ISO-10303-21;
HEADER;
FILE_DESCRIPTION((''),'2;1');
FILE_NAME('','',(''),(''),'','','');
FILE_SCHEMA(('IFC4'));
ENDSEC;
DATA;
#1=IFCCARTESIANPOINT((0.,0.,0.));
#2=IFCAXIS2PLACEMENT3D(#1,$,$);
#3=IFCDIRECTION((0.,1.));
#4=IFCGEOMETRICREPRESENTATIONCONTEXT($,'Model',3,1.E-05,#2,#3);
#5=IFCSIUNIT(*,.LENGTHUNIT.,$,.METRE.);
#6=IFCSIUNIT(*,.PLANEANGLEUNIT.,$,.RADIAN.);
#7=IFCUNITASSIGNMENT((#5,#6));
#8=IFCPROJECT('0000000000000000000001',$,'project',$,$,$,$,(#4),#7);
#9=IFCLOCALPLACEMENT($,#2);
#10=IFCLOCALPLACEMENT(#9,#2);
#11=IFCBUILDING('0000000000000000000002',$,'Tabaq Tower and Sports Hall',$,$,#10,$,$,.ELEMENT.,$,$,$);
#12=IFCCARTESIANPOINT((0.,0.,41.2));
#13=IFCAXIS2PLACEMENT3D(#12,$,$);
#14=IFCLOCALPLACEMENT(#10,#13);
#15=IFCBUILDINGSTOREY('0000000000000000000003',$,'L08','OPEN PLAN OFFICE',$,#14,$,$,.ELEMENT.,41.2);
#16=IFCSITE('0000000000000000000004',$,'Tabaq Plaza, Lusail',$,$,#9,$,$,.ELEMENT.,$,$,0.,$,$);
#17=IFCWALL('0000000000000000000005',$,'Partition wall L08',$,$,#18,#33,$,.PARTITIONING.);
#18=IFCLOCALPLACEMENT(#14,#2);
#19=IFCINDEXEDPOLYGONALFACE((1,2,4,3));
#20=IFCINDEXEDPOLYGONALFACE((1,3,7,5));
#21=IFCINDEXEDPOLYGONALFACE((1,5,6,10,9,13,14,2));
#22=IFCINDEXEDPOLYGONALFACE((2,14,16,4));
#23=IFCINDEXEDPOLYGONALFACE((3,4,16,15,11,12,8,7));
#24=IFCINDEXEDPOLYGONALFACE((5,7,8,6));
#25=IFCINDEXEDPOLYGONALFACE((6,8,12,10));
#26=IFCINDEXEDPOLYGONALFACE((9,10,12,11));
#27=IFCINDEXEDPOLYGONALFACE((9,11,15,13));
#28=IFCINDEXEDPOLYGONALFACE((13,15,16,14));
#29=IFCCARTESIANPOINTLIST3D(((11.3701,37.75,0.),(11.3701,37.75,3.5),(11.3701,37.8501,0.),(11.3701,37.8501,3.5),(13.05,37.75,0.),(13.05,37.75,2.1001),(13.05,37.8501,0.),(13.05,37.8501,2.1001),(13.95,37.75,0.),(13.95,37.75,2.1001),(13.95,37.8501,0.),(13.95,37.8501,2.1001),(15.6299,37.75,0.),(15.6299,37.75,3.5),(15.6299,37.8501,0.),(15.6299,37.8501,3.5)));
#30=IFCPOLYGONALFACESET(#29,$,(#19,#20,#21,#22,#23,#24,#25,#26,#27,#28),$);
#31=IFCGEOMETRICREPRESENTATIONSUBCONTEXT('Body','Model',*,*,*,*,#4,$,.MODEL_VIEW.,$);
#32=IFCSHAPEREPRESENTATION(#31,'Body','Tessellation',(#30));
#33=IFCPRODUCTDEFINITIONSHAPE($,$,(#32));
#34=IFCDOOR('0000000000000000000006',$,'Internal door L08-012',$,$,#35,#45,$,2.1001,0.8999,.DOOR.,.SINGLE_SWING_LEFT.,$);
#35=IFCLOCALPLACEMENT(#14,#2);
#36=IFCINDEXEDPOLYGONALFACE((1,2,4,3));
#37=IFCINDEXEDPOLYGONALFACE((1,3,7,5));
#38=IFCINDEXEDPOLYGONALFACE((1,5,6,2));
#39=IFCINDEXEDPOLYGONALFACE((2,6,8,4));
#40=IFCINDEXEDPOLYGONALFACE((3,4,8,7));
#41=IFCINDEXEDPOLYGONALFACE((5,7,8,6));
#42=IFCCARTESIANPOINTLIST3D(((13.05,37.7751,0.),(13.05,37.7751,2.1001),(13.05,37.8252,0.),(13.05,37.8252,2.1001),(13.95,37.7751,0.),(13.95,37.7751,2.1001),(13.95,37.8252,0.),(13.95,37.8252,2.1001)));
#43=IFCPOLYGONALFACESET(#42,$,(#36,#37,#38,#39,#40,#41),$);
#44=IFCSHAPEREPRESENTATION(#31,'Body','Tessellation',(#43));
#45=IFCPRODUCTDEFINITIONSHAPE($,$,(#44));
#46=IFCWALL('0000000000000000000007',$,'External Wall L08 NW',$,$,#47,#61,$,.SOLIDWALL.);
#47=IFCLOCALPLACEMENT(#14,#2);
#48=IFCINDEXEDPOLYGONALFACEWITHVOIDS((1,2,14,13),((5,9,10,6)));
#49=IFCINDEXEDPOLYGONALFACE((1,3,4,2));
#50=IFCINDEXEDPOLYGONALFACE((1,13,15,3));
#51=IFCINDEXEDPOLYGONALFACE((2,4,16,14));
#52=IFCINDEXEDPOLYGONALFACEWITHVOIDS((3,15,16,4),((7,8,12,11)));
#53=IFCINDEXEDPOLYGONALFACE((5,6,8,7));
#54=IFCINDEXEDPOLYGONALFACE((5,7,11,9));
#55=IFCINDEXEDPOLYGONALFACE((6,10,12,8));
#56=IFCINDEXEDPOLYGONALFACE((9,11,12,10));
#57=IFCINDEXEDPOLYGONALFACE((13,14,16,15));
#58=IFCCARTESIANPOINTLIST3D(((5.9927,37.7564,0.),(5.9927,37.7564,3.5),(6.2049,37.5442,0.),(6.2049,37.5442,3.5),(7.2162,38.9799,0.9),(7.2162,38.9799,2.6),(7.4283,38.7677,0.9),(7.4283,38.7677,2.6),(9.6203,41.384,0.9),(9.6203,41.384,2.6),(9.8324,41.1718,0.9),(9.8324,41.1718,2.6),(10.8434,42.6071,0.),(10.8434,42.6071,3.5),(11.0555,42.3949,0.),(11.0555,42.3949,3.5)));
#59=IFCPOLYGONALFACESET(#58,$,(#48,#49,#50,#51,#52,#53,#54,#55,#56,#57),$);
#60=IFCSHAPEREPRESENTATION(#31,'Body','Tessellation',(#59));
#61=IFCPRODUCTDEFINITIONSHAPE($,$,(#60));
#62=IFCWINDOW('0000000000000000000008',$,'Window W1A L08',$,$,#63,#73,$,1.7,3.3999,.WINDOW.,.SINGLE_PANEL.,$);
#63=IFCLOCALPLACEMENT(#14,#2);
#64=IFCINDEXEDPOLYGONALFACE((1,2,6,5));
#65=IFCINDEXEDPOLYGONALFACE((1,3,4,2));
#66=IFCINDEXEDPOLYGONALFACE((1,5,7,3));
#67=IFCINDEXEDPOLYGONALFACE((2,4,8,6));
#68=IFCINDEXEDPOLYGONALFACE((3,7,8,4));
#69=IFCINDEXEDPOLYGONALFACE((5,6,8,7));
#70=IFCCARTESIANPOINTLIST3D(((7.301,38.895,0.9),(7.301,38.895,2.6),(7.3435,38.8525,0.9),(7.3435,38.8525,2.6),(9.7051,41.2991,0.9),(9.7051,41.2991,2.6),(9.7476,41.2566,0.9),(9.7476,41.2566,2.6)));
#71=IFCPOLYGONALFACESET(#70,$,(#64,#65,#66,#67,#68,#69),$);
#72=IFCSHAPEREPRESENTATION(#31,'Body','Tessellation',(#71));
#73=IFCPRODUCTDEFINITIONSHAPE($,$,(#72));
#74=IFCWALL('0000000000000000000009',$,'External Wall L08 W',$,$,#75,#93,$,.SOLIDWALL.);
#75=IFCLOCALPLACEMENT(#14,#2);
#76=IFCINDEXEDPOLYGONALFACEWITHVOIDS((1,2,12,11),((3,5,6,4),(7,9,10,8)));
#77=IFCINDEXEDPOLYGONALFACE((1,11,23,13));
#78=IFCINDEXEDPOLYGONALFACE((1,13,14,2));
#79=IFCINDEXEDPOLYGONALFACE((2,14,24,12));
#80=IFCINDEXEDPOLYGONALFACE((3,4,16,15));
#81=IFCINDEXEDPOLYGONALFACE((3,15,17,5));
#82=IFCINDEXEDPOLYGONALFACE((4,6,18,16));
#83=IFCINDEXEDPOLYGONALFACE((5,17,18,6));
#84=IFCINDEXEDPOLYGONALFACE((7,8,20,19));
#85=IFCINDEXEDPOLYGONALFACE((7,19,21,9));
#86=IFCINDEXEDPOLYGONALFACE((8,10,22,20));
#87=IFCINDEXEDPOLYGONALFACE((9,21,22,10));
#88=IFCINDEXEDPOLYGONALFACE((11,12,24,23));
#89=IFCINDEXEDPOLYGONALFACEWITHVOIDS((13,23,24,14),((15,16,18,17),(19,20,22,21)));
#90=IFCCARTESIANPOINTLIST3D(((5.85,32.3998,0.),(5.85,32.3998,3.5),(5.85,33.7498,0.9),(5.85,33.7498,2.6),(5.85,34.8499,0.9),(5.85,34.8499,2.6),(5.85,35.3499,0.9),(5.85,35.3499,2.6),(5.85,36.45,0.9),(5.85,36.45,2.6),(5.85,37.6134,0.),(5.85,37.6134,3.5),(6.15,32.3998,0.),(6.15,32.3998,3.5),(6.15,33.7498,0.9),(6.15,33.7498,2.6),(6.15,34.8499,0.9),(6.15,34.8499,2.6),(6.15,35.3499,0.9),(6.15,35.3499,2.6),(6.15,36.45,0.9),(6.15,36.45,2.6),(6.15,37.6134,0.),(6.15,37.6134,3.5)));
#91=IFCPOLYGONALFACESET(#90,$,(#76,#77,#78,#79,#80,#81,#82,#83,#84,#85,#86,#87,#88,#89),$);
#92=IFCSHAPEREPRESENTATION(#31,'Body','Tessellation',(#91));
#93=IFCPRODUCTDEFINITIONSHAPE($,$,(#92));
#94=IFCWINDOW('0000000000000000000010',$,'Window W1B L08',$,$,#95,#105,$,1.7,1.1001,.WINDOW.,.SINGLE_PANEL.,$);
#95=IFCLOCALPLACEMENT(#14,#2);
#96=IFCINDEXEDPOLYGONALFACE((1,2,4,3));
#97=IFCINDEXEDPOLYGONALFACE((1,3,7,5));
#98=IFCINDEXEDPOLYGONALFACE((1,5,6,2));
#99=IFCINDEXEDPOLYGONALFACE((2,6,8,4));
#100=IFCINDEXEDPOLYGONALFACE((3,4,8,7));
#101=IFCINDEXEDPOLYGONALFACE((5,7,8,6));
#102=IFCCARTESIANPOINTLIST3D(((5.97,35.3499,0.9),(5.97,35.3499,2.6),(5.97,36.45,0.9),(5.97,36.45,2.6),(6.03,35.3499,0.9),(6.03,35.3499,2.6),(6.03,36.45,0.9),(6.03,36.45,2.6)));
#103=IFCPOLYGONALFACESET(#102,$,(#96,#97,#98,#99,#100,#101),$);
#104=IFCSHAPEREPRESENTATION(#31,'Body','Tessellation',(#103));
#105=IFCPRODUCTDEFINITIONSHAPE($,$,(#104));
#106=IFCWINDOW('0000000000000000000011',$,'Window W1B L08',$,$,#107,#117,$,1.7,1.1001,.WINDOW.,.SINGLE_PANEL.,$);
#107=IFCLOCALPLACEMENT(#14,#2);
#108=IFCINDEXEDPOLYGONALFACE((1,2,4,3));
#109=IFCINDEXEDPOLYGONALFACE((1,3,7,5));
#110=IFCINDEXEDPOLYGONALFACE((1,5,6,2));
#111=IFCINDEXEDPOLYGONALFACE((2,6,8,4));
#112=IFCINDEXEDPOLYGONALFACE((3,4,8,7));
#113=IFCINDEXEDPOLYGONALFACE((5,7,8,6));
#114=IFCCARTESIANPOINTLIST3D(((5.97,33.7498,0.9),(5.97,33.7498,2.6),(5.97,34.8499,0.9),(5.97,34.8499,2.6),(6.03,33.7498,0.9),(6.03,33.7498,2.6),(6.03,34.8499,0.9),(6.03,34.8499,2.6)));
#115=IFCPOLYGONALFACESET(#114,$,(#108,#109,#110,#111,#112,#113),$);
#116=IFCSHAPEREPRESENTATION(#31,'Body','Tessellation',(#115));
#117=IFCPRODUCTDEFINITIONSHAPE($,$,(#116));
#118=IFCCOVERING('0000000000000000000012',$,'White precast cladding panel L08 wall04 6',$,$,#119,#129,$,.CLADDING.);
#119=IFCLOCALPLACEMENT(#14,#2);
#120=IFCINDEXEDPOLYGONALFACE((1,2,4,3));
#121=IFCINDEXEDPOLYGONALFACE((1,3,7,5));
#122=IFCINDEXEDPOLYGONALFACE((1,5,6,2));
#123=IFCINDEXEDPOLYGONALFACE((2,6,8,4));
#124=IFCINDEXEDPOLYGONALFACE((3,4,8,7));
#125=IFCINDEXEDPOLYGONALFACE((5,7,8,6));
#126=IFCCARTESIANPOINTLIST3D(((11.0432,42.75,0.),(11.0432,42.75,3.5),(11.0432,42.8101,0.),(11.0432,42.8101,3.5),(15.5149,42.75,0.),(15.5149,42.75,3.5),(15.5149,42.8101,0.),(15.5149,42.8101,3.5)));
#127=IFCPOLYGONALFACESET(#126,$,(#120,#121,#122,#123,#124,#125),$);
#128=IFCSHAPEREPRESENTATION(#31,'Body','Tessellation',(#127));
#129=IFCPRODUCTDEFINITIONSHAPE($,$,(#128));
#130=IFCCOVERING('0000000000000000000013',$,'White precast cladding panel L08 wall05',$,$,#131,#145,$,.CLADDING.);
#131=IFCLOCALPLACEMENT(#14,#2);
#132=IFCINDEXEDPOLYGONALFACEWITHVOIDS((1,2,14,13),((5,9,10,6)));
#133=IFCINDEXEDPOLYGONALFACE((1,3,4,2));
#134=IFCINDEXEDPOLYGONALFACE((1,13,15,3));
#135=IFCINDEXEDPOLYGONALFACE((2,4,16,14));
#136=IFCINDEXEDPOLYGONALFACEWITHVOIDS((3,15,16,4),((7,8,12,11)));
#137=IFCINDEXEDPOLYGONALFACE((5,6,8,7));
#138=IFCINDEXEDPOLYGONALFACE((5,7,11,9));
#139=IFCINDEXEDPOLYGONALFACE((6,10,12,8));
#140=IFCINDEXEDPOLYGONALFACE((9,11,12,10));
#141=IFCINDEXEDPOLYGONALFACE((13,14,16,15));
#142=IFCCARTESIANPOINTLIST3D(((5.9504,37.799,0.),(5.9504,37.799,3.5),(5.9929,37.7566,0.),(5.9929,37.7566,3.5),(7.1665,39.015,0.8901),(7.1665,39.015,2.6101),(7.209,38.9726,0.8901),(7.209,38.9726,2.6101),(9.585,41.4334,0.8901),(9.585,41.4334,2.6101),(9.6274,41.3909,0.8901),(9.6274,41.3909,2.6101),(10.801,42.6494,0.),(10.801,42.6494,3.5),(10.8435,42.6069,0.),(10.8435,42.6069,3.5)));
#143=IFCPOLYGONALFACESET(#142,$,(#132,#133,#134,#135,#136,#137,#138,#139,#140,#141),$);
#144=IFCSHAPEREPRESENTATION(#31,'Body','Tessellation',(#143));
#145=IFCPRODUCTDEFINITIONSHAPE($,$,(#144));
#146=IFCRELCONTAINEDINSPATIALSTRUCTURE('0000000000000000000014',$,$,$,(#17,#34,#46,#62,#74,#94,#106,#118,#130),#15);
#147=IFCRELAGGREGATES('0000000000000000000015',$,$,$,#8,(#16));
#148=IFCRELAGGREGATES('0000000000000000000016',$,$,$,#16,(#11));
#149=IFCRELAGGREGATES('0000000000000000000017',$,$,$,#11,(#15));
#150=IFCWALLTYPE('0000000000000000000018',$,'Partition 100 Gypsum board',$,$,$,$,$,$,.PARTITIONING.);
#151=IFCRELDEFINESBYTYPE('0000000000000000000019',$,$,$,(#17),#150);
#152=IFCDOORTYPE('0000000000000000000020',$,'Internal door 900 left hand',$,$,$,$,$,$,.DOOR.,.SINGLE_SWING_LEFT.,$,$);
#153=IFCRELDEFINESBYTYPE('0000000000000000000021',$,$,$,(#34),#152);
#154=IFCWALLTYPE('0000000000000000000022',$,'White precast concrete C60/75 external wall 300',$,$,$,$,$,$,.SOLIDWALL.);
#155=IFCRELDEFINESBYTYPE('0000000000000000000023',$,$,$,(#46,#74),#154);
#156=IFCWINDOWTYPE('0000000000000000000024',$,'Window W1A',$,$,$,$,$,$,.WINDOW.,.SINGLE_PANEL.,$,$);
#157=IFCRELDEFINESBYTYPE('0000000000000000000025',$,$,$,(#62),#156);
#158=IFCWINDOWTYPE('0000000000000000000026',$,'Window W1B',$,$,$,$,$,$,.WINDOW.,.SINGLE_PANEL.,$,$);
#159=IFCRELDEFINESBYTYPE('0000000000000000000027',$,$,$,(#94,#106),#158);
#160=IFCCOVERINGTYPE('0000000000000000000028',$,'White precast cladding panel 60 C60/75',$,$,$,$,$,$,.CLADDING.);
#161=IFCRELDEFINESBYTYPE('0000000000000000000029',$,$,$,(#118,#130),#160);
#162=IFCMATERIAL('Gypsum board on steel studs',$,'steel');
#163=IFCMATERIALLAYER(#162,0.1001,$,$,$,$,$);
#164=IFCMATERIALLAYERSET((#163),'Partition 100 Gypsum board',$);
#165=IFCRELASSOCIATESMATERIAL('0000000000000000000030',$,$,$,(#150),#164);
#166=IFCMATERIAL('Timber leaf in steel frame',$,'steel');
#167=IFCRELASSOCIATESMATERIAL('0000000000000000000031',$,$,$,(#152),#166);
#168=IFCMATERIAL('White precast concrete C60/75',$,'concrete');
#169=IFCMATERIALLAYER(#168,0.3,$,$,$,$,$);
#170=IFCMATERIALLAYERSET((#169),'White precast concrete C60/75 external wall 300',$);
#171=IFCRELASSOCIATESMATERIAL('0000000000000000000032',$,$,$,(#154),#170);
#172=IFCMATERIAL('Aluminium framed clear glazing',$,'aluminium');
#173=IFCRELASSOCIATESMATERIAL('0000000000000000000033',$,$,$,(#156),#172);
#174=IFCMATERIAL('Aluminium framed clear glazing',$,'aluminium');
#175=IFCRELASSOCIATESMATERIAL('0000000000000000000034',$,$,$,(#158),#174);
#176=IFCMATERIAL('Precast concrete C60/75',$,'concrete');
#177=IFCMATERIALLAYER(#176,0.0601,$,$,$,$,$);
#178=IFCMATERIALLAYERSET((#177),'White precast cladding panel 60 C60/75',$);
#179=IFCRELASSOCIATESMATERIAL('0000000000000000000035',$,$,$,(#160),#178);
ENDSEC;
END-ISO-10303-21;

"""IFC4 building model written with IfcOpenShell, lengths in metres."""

from ifc_helpers import new_model, si_unit, direction, frame, frame_2d, origin, place, context, subcontext, project, spatial, polyline, rectangle, outline, extrude, material, layer, layer_set, type_object, element, fill, save


model = new_model("IFC4")

# Units and contexts
model_context = context("Model", 3, precision=1e-05, world=origin(), true_north=direction((0.0, 1.0)))
body_context = subcontext(model_context, "Body", "Model", "MODEL_VIEW")
ifc_project = project(units=[si_unit("LENGTHUNIT", "METRE"), si_unit("PLANEANGLEUNIT", "RADIAN")], contexts=[model_context])

# Site, building, storey
site_placement = place(None, origin())
site = spatial("IfcSite", under=ifc_project, at=site_placement, Name="Tabaq Plaza, Lusail", CompositionType="ELEMENT", RefElevation=0.0)
building_placement = place(site_placement, origin())
building = spatial("IfcBuilding", under=site, at=building_placement, Name="Tabaq Tower and Sports Hall", CompositionType="ELEMENT")
storey_placement = place(building_placement, frame((0.0, 0.0, 41.2)))
storey = spatial("IfcBuildingStorey", under=building, at=storey_placement, Name="L08", Description="OPEN PLAN OFFICE", CompositionType="ELEMENT", Elevation=41.2)

# Shared definitions
ifc_material_1 = material(Name="Gypsum board on steel studs", Category="steel")
ifc_layer_1 = layer(ifc_material_1, 0.1001)
ifc_layer_set_1 = layer_set([ifc_layer_1], Name="Partition 100 Gypsum board")
wall_type_1 = type_object("IfcWallType", Name="Partition 100 Gypsum board", PredefinedType="PARTITIONING", material=ifc_layer_set_1)

# Wall, opening, door
wall_1_placement = place(storey_placement, frame((15.6299, 37.8, 0.0), z_axis=(0.0, 0.0, 1.0), x_axis=(-1.0, 0.0, 0.0)))
wall_1 = element("IfcWall", 1, at=wall_1_placement, inside=storey, type_object=wall_type_1, Name="Partition wall L08", PredefinedType="PARTITIONING", context=body_context, shape_type="SweptSolid", body=[
    extrude(rectangle(XDim=4.2598, YDim=0.1001, at=frame_2d((2.1299, 0.0))), origin(), (0.0, 0.0, 1.0), 3.5),
])
opening_1_placement = place(wall_1_placement, frame((1.6799, 0.0, 0.0)))
opening_1 = element("IfcOpeningElement", 2, at=opening_1_placement, cuts=wall_1, PredefinedType="OPENING", context=body_context, shape_type="SweptSolid", body=[
    extrude(rectangle(XDim=0.8999, YDim=2.1001, at=frame_2d((0.45, 1.05))), frame((0.0, 0.05, 0.0), z_axis=(0.0, -1.0, 0.0), x_axis=(1.0, 0.0, 0.0)), (0.0, 0.0, 1.0), 0.1001),
])
ifc_material_2 = material(Name="Timber leaf in steel frame", Category="steel")
door_type_1 = type_object("IfcDoorType", Name="Internal door 900 left hand", OperationType="SINGLE_SWING_LEFT", PredefinedType="DOOR", material=ifc_material_2)
door_1_placement = place(opening_1_placement, origin())
door_1 = element("IfcDoor", 3, at=door_1_placement, inside=storey, type_object=door_type_1, Name="Internal door L08-012", OperationType="SINGLE_SWING_LEFT", OverallHeight=2.1001, OverallWidth=0.8999, PredefinedType="DOOR", context=body_context, shape_type="SweptSolid", body=[
    extrude(rectangle(XDim=0.8999, YDim=2.1001, at=frame_2d((0.45, 1.05))), frame((0.0, 0.0249, 0.0), z_axis=(0.0, -1.0, 0.0), x_axis=(1.0, 0.0, 0.0)), (0.0, 0.0, 1.0), 0.05),
])
fill(opening_1, door_1)

# Wall, opening, window
ifc_material_3 = material(Name="White precast concrete C60/75", Category="concrete")
ifc_layer_2 = layer(ifc_material_3, 0.3)
ifc_layer_set_2 = layer_set([ifc_layer_2], Name="White precast concrete C60/75 external wall 300")
wall_type_2 = type_object("IfcWallType", Name="White precast concrete C60/75 external wall 300", PredefinedType="SOLIDWALL", material=ifc_layer_set_2)
wall_2_placement = place(storey_placement, frame((10.9495, 42.501, 0.0), z_axis=(0.0, 0.0, 1.0), x_axis=(-0.707107, -0.707107, 0.0)))
wall_2 = element("IfcWall", 4, at=wall_2_placement, inside=storey, type_object=wall_type_2, Name="External Wall L08 NW", PredefinedType="SOLIDWALL", context=body_context, shape_type="SweptSolid", body=[
    extrude(rectangle(XDim=6.8599, YDim=0.3, at=frame_2d((3.4299, 0.0))), origin(), (0.0, 0.0, 1.0), 3.5),
])
opening_2_placement = place(wall_2_placement, frame((1.7297, 0.0, 0.8999)))
opening_2 = element("IfcOpeningElement", 5, at=opening_2_placement, cuts=wall_2, PredefinedType="OPENING", context=body_context, shape_type="SweptSolid", body=[
    extrude(rectangle(XDim=3.3999, YDim=1.7, at=frame_2d((1.7, 0.8501))), frame((0.0, 0.1602, 0.0), z_axis=(0.0, -1.0, 0.0), x_axis=(1.0, 0.0, 0.0)), (0.0, 0.0, 1.0), 0.3201),
])
ifc_material_4 = material(Name="Aluminium framed clear glazing", Category="aluminium")
window_type_1 = type_object("IfcWindowType", Name="Window W1A", PartitioningType="SINGLE_PANEL", PredefinedType="WINDOW", material=ifc_material_4)
window_1_placement = place(opening_2_placement, origin())
window_1 = element("IfcWindow", 6, at=window_1_placement, inside=storey, type_object=window_type_1, Name="Window W1A L08", OverallHeight=1.7, OverallWidth=3.3999, PartitioningType="SINGLE_PANEL", PredefinedType="WINDOW", context=body_context, shape_type="SweptSolid", body=[
    extrude(rectangle(XDim=3.3999, YDim=1.7, at=frame_2d((1.7, 0.8501))), frame((0.0, 0.03, 0.0), z_axis=(0.0, -1.0, 0.0), x_axis=(1.0, 0.0, 0.0)), (0.0, 0.0, 1.0), 0.0601),
])
fill(opening_2, window_1)

# Wall, openings, windows
wall_3_placement = place(storey_placement, frame((6.0, 37.6135, 0.0), z_axis=(0.0, 0.0, 1.0), x_axis=(0.0, -1.0, 0.0)))
wall_3 = element("IfcWall", 7, at=wall_3_placement, inside=storey, type_object=wall_type_2, Name="External Wall L08 W", PredefinedType="SOLIDWALL", context=body_context, shape_type="SweptSolid", body=[
    extrude(rectangle(XDim=5.2136, YDim=0.3, at=frame_2d((2.6069, 0.0))), origin(), (0.0, 0.0, 1.0), 3.5),
])
opening_3_placement = place(wall_3_placement, frame((1.1636, 0.0, 0.8999)))
opening_3 = element("IfcOpeningElement", 8, at=opening_3_placement, cuts=wall_3, PredefinedType="OPENING", context=body_context, shape_type="SweptSolid", body=[
    extrude(rectangle(XDim=1.1001, YDim=1.7, at=frame_2d((0.55, 0.8501))), frame((0.0, 0.1602, 0.0), z_axis=(0.0, -1.0, 0.0), x_axis=(1.0, 0.0, 0.0)), (0.0, 0.0, 1.0), 0.3201),
])
opening_4_placement = place(wall_3_placement, frame((2.7637, 0.0, 0.8999)))
opening_4 = element("IfcOpeningElement", 9, at=opening_4_placement, cuts=wall_3, PredefinedType="OPENING", context=body_context, shape_type="SweptSolid", body=[
    extrude(rectangle(XDim=1.1001, YDim=1.7, at=frame_2d((0.55, 0.8501))), frame((0.0, 0.1602, 0.0), z_axis=(0.0, -1.0, 0.0), x_axis=(1.0, 0.0, 0.0)), (0.0, 0.0, 1.0), 0.3201),
])
ifc_material_5 = material(Name="Aluminium framed clear glazing", Category="aluminium")
window_type_2 = type_object("IfcWindowType", Name="Window W1B", PartitioningType="SINGLE_PANEL", PredefinedType="WINDOW", material=ifc_material_5)
window_2_placement = place(opening_3_placement, origin())
window_2 = element("IfcWindow", 10, at=window_2_placement, inside=storey, type_object=window_type_2, Name="Window W1B L08", OverallHeight=1.7, OverallWidth=1.1001, PartitioningType="SINGLE_PANEL", PredefinedType="WINDOW", context=body_context, shape_type="SweptSolid", body=[
    extrude(rectangle(XDim=1.1001, YDim=1.7, at=frame_2d((0.55, 0.8501))), frame((0.0, 0.03, 0.0), z_axis=(0.0, -1.0, 0.0), x_axis=(1.0, 0.0, 0.0)), (0.0, 0.0, 1.0), 0.0601),
])
fill(opening_3, window_2)
window_3_placement = place(opening_4_placement, origin())
window_3 = element("IfcWindow", 11, at=window_3_placement, inside=storey, type_object=window_type_2, Name="Window W1B L08", OverallHeight=1.7, OverallWidth=1.1001, PartitioningType="SINGLE_PANEL", PredefinedType="WINDOW", context=body_context, shape_type="SweptSolid", body=[
    extrude(rectangle(XDim=1.1001, YDim=1.7, at=frame_2d((0.55, 0.8501))), frame((0.0, 0.03, 0.0), z_axis=(0.0, -1.0, 0.0), x_axis=(1.0, 0.0, 0.0)), (0.0, 0.0, 1.0), 0.0601),
])
fill(opening_4, window_3)

# Coverings
ifc_material_6 = material(Name="Precast concrete C60/75", Category="concrete")
ifc_layer_3 = layer(ifc_material_6, 0.0601)
ifc_layer_set_3 = layer_set([ifc_layer_3], Name="White precast cladding panel 60 C60/75")
covering_type = type_object("IfcCoveringType", Name="White precast cladding panel 60 C60/75", PredefinedType="CLADDING", material=ifc_layer_set_3)
covering_1_placement = place(storey_placement, frame((15.5149, 42.78, 0.0), z_axis=(0.0, 0.0, 1.0), x_axis=(-1.0, 0.0, 0.0)))
element("IfcCovering", 12, at=covering_1_placement, inside=storey, type_object=covering_type, Name="White precast cladding panel L08 wall04 6", PredefinedType="CLADDING", context=body_context, shape_type="SweptSolid", body=[
    extrude(rectangle(XDim=4.4717, YDim=0.0601, at=frame_2d((2.2358, 0.0))), origin(), (0.0, 0.0, 1.0), 3.5),
])
covering_2_placement = place(storey_placement, frame((10.8223, 42.6282, 0.0), z_axis=(0.0, 0.0, 1.0), x_axis=(-0.707125, -0.707089, 0.0)))
element("IfcCovering", 13, at=covering_2_placement, inside=storey, type_object=covering_type, Name="White precast cladding panel L08 wall05", PredefinedType="CLADDING", context=body_context, shape_type="SweptSolid", body=[
    extrude(outline(polyline([(0.0, 0.0), (6.8596, 0.0), (6.8596, 3.5), (0.0, 3.5), (0.0, 0.0)]), holes=[polyline([(1.7197, 0.8901), (1.7197, 2.6101), (5.1399, 2.6101), (5.1399, 0.8901), (1.7197, 0.8901)])]), frame((0.0, 0.03, 0.0), z_axis=(0.0, -1.0, 0.0), x_axis=(1.0, 0.0, 0.0)), (0.0, 0.0, 1.0), 0.0601),
])

save(model, "model.ifc")
